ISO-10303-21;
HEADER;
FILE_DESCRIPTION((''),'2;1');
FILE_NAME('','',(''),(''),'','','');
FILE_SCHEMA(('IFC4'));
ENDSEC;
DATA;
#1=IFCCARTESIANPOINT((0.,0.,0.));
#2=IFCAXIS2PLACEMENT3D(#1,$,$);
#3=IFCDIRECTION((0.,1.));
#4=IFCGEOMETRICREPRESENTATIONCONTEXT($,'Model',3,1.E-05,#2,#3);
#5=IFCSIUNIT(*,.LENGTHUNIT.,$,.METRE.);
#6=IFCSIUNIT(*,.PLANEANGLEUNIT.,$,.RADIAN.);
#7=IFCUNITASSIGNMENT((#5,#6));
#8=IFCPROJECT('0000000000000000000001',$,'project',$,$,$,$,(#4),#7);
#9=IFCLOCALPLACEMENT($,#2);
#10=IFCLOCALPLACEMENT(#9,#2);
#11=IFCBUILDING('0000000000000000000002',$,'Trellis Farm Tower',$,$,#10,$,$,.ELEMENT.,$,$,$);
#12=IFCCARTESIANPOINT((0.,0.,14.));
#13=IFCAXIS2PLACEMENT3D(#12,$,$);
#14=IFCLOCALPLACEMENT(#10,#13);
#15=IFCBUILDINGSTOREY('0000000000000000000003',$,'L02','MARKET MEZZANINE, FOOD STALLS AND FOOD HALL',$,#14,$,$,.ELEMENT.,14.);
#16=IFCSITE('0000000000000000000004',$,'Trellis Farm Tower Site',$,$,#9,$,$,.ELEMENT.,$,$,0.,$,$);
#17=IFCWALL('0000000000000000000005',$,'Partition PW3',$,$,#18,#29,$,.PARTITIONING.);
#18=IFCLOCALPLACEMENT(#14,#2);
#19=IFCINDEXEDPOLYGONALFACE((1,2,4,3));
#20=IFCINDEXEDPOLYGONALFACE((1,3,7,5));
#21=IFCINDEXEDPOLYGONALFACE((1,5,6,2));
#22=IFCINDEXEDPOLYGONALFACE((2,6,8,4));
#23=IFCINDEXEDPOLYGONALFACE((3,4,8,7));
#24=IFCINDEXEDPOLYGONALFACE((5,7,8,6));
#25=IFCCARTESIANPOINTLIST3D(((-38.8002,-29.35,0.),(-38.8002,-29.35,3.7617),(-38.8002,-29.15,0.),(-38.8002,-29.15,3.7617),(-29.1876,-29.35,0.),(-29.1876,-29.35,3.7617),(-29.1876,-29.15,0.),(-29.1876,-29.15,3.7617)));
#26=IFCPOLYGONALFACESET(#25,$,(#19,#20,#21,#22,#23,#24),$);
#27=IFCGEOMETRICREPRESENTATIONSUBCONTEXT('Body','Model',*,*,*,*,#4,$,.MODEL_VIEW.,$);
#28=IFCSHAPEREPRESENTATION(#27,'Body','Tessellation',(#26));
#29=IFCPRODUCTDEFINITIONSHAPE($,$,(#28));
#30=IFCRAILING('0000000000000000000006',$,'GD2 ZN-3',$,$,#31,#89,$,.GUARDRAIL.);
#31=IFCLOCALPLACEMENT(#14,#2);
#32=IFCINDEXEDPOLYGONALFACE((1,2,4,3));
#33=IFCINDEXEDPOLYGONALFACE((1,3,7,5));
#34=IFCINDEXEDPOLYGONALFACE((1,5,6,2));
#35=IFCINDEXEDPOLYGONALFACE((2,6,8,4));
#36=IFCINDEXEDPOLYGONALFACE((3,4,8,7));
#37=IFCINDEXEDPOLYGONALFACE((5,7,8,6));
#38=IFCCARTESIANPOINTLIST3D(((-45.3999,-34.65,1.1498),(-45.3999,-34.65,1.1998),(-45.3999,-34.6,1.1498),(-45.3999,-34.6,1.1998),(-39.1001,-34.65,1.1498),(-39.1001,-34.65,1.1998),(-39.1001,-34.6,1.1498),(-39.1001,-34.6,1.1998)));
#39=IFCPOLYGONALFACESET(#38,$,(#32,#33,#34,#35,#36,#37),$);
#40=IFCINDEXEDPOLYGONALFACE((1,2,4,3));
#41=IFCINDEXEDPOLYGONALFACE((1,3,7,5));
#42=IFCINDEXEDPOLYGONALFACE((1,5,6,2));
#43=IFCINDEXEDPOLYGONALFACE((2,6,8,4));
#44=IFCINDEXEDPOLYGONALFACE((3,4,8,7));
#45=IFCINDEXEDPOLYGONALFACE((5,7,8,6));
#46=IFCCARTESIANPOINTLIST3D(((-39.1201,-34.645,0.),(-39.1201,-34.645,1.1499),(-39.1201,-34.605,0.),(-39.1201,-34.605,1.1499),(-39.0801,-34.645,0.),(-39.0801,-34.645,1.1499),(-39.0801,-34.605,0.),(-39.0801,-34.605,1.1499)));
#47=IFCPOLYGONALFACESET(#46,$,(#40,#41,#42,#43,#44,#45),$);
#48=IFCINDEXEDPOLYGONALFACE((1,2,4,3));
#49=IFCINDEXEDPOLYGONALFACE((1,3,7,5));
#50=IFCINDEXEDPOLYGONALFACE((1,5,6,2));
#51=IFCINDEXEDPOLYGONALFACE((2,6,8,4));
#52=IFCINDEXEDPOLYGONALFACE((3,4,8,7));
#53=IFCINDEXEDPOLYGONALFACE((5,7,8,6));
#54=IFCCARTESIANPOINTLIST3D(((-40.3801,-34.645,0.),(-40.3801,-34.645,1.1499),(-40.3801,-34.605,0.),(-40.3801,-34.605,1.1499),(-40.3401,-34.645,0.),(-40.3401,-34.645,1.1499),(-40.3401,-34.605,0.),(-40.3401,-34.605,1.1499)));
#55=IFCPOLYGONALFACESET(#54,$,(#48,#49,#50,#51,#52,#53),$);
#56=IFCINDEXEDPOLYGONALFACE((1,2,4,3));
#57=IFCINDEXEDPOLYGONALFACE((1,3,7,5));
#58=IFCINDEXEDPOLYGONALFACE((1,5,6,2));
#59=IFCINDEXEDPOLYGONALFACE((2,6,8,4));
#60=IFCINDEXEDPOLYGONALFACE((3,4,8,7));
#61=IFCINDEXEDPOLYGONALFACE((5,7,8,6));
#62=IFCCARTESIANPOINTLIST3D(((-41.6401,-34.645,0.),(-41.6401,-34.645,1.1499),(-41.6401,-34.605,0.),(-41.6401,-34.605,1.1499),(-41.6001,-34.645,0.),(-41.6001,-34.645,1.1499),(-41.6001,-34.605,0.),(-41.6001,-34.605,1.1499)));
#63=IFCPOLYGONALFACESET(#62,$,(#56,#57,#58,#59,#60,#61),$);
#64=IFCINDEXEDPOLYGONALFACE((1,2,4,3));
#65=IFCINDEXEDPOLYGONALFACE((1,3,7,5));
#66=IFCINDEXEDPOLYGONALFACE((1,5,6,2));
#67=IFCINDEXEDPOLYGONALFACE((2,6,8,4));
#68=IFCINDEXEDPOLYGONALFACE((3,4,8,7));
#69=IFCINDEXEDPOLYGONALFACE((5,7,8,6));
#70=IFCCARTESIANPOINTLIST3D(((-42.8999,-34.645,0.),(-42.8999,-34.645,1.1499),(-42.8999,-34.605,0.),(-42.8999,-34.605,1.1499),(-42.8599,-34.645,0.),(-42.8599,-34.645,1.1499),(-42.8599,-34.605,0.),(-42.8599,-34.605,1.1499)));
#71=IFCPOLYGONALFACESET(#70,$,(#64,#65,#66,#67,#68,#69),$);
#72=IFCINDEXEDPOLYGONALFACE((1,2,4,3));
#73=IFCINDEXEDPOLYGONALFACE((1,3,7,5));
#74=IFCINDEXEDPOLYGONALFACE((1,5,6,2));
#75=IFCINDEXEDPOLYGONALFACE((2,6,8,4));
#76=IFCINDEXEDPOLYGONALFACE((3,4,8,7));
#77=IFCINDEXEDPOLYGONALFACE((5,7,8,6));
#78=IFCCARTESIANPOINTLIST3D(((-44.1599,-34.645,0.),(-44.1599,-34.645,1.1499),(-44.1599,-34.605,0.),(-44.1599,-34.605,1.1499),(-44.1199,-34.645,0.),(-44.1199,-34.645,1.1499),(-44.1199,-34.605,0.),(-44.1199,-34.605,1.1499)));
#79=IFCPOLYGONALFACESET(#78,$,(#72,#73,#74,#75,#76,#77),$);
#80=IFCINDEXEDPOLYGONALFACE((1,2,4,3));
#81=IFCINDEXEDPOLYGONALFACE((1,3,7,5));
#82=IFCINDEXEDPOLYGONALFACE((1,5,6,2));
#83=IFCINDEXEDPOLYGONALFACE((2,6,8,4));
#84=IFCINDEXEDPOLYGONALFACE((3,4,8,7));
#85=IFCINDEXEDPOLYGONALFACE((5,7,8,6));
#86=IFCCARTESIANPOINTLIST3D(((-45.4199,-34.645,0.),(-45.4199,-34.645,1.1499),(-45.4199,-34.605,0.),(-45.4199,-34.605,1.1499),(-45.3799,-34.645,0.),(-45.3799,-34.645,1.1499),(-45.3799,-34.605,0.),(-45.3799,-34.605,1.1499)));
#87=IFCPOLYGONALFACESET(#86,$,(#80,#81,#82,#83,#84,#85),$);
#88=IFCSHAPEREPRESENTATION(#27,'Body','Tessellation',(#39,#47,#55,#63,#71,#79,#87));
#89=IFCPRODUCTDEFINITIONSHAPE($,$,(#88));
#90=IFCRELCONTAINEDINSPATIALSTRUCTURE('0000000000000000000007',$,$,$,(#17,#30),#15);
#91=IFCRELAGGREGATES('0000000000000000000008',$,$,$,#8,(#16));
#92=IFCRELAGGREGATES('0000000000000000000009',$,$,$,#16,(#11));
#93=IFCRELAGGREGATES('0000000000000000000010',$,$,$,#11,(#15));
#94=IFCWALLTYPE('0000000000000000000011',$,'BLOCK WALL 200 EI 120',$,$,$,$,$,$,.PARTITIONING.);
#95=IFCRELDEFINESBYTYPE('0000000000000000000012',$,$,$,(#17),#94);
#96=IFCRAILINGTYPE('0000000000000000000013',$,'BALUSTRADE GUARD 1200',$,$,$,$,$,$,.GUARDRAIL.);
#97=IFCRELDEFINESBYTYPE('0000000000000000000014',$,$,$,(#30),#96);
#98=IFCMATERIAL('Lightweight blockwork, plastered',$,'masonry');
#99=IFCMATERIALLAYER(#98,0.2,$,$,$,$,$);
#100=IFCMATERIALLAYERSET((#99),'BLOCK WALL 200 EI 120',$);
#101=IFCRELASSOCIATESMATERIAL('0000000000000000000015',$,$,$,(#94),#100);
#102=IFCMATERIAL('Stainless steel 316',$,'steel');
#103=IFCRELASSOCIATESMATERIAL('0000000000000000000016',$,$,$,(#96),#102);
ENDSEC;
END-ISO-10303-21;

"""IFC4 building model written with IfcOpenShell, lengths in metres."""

from ifc_helpers import new_model, si_unit, direction, frame, frame_2d, origin, origin_2d, place, context, subcontext, project, spatial, rectangle, extrude, source, transform, mapped, material, layer, layer_set, type_object, element, save


model = new_model("IFC4")

# Units and contexts
model_context = context("Model", 3, precision=1e-05, world=origin(), true_north=direction((0.0, 1.0)))
body_context = subcontext(model_context, "Body", "Model", "MODEL_VIEW")
ifc_project = project(units=[si_unit("LENGTHUNIT", "METRE"), si_unit("PLANEANGLEUNIT", "RADIAN")], contexts=[model_context])

# Site, building, storey
site_placement = place(None, origin())
site = spatial("IfcSite", under=ifc_project, at=site_placement, Name="Trellis Farm Tower Site", CompositionType="ELEMENT", RefElevation=0.0)
building_placement = place(site_placement, origin())
building = spatial("IfcBuilding", under=site, at=building_placement, Name="Trellis Farm Tower", CompositionType="ELEMENT")
storey_placement = place(building_placement, frame((0.0, 0.0, 14.0)))
storey = spatial("IfcBuildingStorey", under=building, at=storey_placement, Name="L02", Description="MARKET MEZZANINE, FOOD STALLS AND FOOD HALL", CompositionType="ELEMENT", Elevation=14.0)

# Wall
ifc_material_1 = material(Name="Lightweight blockwork, plastered", Category="masonry")
ifc_layer = layer(ifc_material_1, 0.2)
ifc_layer_set = layer_set([ifc_layer], Name="BLOCK WALL 200 EI 120")
wall_type = type_object("IfcWallType", Name="BLOCK WALL 200 EI 120", PredefinedType="PARTITIONING", material=ifc_layer_set)
shared_shape_1 = source(origin(), body_context, "Body", "SweptSolid", [
    extrude(rectangle(XDim=9.6125, YDim=0.2, at=frame_2d((4.8062, 0.0))), origin(), (0.0, 0.0, 1.0), 3.7617),
])
wall_placement = place(storey_placement, frame((-38.8, -29.25, 0.0), z_axis=(0.0, 0.0, 1.0), x_axis=(1.0, 0.0, 0.0)))
element("IfcWall", 1, at=wall_placement, inside=storey, type_object=wall_type, Name="Partition PW3", PredefinedType="PARTITIONING", context=body_context, shape_type="MappedRepresentation", body=[
    mapped(shared_shape_1, transform((0.0, 0.0, 0.0))),
])

# Railing
ifc_material_2 = material(Name="Stainless steel 316", Category="steel")
railing_type = type_object("IfcRailingType", Name="BALUSTRADE GUARD 1200", PredefinedType="GUARDRAIL", material=ifc_material_2)
shared_shape_2 = source(origin(), body_context, "Body", "SweptSolid", [
    extrude(rectangle(XDim=0.05, YDim=0.05, at=origin_2d()), frame((0.0, 0.0, 1.1748), z_axis=(-1.0, 0.0, 0.0), x_axis=(0.0, -1.0, 0.0)), (0.0, 0.0, 1.0), 6.2998),
    extrude(rectangle(XDim=0.04, YDim=0.04, at=origin_2d()), origin(), (0.0, 0.0, 1.0), 1.1499),
    extrude(rectangle(XDim=0.04, YDim=0.04, at=origin_2d()), frame((-1.26, 0.0, 0.0)), (0.0, 0.0, 1.0), 1.1499),
    extrude(rectangle(XDim=0.04, YDim=0.04, at=origin_2d()), frame((-2.52, 0.0, 0.0)), (0.0, 0.0, 1.0), 1.1499),
    extrude(rectangle(XDim=0.04, YDim=0.04, at=origin_2d()), frame((-3.7798, 0.0, 0.0)), (0.0, 0.0, 1.0), 1.1499),
    extrude(rectangle(XDim=0.04, YDim=0.04, at=origin_2d()), frame((-5.0398, 0.0, 0.0)), (0.0, 0.0, 1.0), 1.1499),
    extrude(rectangle(XDim=0.04, YDim=0.04, at=origin_2d()), frame((-6.2998, 0.0, 0.0)), (0.0, 0.0, 1.0), 1.1499),
])
railing_placement = place(storey_placement, frame((-39.1001, -34.625, 0.0)))
element("IfcRailing", 2, at=railing_placement, inside=storey, type_object=railing_type, Name="GD2 ZN-3", PredefinedType="GUARDRAIL", context=body_context, shape_type="MappedRepresentation", body=[
    mapped(shared_shape_2, transform((0.0, 0.0, 0.0))),
])

save(model, "model.ifc")
